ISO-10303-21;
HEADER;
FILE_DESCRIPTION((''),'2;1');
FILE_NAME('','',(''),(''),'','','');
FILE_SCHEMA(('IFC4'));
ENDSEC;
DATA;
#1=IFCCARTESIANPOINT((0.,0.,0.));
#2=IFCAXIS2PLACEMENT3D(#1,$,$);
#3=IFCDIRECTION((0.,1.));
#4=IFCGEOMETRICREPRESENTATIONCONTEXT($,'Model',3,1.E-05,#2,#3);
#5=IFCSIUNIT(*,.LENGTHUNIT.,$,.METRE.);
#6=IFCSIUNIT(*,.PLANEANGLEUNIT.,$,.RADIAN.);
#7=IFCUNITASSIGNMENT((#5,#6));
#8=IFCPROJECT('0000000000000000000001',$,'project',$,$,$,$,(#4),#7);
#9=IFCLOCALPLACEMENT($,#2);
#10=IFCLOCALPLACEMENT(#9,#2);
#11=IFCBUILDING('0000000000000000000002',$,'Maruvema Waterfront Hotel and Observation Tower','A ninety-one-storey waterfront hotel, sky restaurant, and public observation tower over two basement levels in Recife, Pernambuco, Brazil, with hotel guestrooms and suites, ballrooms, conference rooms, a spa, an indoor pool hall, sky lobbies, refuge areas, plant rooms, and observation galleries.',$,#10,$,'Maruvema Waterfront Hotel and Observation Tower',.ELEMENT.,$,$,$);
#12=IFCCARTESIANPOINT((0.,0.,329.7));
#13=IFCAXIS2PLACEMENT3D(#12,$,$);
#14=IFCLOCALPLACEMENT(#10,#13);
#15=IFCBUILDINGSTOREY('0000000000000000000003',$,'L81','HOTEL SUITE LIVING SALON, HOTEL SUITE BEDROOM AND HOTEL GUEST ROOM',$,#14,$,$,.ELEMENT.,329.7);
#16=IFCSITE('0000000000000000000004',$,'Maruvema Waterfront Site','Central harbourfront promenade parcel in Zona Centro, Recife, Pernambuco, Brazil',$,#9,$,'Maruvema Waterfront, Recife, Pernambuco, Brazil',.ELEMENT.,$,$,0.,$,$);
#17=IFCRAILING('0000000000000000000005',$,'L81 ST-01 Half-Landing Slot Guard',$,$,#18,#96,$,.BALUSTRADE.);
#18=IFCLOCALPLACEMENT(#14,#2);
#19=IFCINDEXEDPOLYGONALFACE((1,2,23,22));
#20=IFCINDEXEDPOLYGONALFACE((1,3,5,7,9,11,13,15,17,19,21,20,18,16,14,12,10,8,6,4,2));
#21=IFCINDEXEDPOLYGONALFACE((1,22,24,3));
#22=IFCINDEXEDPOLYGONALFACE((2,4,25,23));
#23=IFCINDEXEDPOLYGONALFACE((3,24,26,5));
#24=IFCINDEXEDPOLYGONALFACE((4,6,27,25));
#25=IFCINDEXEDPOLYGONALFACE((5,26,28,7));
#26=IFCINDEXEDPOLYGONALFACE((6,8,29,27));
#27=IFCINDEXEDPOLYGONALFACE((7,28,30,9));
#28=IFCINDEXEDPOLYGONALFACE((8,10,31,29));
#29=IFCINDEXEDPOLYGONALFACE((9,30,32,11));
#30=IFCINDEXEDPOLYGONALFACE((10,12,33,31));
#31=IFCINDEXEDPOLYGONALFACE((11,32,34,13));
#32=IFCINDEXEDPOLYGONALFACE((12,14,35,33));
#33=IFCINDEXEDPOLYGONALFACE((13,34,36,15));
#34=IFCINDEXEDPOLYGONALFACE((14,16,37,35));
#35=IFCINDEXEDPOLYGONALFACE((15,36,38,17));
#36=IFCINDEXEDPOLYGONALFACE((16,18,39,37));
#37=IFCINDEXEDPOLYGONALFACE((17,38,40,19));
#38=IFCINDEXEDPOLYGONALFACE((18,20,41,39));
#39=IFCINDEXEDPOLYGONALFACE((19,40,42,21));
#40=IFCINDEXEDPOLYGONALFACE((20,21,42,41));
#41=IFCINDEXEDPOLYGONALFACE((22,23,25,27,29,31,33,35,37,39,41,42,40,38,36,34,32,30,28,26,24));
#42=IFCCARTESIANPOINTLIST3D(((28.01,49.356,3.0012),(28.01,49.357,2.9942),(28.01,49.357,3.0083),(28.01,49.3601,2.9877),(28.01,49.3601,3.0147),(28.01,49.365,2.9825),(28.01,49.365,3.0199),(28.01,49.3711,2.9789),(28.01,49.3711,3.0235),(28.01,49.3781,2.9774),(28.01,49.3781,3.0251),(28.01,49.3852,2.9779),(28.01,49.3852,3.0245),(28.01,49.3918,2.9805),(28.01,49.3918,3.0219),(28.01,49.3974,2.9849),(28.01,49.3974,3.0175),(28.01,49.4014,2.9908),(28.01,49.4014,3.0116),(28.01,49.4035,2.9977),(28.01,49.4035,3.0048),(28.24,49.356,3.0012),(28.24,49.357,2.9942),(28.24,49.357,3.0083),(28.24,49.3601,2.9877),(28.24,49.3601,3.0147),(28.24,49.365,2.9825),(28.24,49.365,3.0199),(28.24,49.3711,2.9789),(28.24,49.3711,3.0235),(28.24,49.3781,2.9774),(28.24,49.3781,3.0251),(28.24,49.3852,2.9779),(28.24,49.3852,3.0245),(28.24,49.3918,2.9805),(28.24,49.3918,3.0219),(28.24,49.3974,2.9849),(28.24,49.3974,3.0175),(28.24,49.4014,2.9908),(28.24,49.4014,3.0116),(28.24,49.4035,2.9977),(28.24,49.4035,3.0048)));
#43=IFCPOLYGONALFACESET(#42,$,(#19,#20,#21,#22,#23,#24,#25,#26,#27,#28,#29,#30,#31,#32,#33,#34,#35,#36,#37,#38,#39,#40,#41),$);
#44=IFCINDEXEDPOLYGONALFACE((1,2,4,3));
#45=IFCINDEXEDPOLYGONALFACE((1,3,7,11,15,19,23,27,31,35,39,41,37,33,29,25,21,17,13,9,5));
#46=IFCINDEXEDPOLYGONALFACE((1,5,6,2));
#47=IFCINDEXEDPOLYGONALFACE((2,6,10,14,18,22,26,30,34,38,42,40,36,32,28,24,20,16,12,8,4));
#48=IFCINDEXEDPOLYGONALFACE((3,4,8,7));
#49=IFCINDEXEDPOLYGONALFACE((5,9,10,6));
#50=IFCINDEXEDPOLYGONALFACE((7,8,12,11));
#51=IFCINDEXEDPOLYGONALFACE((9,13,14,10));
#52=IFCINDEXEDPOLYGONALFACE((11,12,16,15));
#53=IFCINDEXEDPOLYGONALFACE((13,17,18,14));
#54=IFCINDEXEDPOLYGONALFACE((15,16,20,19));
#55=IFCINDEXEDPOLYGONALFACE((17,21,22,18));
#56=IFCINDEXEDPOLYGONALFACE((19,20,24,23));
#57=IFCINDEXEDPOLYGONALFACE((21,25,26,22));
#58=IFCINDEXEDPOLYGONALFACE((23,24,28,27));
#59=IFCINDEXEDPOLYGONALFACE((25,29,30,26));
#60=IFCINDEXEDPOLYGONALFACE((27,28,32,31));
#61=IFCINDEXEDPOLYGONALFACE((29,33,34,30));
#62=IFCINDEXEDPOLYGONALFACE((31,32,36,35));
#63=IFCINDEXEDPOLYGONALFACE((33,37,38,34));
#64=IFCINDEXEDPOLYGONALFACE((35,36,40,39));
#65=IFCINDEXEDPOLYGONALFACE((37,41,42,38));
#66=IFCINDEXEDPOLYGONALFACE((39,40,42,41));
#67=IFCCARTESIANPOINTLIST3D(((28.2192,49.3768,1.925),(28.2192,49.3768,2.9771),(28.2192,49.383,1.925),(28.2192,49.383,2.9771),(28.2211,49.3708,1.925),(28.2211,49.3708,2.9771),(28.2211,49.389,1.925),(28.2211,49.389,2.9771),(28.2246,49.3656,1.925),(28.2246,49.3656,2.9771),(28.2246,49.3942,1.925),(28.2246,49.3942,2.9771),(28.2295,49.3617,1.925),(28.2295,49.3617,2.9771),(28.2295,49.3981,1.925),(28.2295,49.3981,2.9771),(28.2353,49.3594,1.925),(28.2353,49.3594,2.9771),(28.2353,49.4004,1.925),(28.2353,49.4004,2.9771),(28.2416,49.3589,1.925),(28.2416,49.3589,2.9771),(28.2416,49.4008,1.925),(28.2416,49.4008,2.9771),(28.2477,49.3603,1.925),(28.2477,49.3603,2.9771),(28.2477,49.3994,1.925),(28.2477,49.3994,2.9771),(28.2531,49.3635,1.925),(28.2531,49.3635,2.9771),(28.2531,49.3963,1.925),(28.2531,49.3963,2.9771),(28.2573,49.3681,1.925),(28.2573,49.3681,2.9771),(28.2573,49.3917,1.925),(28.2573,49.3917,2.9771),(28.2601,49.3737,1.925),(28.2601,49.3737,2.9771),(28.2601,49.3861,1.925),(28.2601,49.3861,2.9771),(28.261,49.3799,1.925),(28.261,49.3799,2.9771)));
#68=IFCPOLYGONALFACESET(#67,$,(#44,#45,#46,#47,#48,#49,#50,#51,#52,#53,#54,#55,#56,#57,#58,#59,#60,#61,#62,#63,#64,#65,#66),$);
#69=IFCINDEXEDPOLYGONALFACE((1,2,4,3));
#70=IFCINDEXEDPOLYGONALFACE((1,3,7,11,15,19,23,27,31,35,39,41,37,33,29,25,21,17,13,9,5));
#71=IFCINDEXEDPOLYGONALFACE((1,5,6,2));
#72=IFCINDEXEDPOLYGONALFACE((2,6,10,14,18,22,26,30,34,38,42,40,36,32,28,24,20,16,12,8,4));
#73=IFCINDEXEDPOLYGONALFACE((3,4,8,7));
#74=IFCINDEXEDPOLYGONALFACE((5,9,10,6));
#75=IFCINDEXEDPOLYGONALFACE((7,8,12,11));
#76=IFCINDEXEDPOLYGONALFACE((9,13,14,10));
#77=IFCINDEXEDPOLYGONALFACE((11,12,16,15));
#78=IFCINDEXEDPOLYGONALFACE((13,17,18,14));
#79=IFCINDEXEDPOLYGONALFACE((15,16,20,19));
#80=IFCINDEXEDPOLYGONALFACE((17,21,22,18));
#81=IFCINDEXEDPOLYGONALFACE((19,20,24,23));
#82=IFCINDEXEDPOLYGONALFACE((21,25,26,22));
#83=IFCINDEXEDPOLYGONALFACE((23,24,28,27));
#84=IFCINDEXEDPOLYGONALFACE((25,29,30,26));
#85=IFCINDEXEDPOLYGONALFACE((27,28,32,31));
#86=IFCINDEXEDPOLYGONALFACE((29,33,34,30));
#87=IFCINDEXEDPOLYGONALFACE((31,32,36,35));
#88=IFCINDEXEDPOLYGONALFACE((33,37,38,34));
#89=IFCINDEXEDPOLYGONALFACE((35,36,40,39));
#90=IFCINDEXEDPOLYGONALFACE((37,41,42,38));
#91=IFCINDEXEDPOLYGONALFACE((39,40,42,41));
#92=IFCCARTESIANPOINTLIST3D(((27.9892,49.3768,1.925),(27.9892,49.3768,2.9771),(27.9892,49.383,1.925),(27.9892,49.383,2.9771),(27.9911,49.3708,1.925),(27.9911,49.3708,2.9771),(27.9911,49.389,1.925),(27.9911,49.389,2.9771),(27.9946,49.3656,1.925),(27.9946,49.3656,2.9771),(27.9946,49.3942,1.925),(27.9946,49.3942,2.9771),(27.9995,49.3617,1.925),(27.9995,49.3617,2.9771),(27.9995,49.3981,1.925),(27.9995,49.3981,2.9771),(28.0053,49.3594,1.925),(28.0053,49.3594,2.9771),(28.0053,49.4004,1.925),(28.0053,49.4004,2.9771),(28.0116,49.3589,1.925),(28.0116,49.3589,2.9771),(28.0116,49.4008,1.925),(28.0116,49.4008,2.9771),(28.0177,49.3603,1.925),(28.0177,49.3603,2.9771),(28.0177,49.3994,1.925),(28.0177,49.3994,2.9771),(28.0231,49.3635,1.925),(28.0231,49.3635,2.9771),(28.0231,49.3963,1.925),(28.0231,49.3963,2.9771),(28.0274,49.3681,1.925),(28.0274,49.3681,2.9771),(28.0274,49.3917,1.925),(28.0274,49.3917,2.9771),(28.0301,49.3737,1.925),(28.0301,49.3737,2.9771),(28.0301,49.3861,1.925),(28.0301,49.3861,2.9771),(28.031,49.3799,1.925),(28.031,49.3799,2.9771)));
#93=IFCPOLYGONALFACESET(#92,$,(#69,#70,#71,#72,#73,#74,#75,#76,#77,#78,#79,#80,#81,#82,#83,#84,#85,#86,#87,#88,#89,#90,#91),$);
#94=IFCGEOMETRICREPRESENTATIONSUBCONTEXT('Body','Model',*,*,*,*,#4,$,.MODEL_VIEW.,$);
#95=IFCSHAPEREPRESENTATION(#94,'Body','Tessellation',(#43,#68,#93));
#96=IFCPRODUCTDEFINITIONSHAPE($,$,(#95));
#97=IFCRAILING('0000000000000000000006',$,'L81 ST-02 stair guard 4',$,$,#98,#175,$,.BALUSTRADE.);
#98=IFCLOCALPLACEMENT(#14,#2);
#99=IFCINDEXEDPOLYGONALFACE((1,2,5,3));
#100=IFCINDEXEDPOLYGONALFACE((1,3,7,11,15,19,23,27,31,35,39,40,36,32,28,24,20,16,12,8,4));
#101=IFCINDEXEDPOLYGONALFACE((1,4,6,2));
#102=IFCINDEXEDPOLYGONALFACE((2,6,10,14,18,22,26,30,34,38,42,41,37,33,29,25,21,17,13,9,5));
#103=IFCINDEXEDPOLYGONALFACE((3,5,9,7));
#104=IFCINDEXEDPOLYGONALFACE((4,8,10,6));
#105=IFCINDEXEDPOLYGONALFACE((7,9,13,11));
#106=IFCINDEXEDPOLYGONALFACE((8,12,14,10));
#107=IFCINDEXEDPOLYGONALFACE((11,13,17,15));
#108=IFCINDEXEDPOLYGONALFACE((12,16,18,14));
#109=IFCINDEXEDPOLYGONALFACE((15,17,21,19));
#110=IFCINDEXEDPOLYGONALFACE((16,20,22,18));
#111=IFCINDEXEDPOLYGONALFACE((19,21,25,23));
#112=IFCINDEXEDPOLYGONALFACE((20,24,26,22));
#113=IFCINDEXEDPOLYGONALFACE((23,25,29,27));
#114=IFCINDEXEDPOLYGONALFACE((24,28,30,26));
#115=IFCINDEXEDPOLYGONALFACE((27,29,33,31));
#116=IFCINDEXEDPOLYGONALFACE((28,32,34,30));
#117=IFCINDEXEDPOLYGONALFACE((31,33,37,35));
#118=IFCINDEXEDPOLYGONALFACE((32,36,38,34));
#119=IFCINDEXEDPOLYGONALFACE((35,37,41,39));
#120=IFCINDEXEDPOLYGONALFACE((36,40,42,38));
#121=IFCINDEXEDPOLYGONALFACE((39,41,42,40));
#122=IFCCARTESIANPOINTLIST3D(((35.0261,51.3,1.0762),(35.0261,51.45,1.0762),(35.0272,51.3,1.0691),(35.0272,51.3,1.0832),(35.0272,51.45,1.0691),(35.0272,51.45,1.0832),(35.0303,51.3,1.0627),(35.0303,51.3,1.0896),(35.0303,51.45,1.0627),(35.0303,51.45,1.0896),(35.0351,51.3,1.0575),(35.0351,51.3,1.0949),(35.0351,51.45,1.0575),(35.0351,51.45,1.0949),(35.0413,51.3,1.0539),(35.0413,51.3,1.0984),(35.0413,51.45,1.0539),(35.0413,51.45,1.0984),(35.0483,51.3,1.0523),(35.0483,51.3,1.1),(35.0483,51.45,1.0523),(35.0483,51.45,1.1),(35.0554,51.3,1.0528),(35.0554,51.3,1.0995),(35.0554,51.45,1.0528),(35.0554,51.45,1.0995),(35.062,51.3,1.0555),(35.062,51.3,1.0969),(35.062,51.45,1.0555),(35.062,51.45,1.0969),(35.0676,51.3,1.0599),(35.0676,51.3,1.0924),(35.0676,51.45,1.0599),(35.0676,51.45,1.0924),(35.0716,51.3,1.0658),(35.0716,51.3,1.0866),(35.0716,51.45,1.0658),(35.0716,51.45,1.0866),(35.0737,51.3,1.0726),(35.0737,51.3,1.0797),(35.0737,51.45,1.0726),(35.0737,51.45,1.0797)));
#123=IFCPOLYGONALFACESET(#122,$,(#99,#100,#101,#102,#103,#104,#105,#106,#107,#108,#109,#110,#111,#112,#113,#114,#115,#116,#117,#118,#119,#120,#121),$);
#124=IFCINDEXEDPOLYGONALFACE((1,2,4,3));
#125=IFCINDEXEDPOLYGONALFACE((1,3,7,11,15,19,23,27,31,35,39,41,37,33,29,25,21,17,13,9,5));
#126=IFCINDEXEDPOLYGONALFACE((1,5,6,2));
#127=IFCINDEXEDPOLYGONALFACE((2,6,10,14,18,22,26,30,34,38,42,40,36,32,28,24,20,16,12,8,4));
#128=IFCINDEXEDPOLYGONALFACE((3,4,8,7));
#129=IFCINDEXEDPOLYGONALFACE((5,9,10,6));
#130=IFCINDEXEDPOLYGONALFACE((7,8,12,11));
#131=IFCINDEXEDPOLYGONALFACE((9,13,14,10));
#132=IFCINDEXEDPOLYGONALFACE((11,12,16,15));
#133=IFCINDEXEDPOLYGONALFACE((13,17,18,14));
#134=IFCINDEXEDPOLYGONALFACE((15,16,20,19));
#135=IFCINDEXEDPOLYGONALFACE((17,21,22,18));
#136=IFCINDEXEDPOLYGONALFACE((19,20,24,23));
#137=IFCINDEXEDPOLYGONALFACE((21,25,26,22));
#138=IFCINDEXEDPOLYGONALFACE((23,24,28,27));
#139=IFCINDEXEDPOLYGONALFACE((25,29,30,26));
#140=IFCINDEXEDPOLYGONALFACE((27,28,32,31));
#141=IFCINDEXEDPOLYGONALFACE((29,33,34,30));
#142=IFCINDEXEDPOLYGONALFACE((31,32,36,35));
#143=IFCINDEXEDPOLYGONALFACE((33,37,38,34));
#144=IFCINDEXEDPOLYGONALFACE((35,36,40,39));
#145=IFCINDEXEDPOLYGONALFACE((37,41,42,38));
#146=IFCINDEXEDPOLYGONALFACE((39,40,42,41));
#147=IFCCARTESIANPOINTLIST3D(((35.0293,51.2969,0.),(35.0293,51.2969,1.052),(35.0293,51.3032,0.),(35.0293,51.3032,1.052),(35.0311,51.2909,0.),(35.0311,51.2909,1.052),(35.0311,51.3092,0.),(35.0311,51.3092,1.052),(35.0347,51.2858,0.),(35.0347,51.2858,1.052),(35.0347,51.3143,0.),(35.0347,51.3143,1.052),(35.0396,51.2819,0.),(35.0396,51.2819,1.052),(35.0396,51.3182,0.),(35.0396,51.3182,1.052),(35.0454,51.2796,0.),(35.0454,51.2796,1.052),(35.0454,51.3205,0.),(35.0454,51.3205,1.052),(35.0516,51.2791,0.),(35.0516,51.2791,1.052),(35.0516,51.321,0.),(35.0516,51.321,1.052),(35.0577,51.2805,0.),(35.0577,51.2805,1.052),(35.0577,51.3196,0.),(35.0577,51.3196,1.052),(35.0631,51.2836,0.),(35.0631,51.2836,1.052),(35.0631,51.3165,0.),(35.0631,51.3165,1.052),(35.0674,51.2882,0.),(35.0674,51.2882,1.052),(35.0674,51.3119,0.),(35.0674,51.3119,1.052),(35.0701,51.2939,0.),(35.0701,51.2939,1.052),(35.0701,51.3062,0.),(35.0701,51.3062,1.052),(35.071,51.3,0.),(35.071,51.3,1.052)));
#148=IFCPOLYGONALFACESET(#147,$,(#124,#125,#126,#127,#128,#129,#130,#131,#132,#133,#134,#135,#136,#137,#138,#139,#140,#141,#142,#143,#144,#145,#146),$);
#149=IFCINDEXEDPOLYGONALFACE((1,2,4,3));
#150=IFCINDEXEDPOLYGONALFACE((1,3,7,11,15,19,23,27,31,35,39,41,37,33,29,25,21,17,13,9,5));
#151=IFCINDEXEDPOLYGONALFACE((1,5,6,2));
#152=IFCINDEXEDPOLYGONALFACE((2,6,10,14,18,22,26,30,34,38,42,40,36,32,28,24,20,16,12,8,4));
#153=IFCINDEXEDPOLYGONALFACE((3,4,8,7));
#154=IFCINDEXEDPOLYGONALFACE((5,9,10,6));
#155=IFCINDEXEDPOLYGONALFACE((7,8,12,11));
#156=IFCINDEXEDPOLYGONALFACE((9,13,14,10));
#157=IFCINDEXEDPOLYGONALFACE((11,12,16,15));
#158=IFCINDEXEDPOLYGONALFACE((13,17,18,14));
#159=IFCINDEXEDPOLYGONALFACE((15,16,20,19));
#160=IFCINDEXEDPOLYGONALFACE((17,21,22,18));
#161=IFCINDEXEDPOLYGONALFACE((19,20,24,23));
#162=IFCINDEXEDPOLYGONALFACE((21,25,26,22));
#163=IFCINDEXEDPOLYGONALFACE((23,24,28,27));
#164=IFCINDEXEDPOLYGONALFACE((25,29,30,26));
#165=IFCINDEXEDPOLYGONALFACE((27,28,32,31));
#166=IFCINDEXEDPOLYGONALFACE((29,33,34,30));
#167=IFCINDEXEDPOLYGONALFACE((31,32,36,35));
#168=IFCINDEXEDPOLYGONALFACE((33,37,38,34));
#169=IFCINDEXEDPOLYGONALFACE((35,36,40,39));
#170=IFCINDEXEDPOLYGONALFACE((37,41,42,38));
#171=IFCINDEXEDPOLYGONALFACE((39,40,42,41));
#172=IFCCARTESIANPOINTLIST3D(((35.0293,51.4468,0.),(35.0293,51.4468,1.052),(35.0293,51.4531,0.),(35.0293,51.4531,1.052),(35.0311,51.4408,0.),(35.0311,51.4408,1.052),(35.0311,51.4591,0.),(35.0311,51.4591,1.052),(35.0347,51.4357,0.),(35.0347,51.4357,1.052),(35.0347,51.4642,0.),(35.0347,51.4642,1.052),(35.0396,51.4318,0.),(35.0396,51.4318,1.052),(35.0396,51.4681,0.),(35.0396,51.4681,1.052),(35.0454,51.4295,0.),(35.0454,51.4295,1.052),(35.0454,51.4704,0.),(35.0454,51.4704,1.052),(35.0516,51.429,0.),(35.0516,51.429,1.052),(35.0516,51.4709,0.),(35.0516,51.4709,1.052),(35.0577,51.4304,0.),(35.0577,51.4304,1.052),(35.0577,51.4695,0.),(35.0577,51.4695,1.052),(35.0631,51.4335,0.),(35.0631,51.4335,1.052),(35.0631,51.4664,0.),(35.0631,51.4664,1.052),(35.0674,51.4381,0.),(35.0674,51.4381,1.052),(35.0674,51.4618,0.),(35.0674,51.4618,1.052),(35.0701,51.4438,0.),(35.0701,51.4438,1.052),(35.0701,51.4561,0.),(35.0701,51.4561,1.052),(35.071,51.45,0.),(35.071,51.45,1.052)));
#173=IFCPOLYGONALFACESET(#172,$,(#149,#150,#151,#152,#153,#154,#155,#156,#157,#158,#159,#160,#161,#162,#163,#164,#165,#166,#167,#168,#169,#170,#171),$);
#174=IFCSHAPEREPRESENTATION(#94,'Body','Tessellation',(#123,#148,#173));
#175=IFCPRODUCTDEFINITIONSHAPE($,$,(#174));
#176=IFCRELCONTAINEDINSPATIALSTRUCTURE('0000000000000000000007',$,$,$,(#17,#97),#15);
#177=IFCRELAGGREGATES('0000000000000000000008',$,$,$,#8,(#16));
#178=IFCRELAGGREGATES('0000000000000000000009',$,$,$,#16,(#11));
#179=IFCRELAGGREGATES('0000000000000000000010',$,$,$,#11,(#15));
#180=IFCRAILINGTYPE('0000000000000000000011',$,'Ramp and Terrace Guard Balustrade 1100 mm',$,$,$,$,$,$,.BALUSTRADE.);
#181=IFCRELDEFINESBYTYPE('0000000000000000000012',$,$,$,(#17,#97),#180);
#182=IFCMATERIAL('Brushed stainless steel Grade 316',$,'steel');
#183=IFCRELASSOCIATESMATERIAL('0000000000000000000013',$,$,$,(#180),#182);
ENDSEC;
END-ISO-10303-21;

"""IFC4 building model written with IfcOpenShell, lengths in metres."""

from ifc_helpers import new_model, si_unit, direction, frame, origin, origin_2d, place, context, subcontext, project, spatial, circle, extrude, material, type_object, element, save


model = new_model("IFC4")

# Units and contexts
model_context = context("Model", 3, precision=1e-05, world=origin(), true_north=direction((0.0, 1.0)))
body_context = subcontext(model_context, "Body", "Model", "MODEL_VIEW")
ifc_project = project(units=[si_unit("LENGTHUNIT", "METRE"), si_unit("PLANEANGLEUNIT", "RADIAN")], contexts=[model_context])

# Site, building, storey
site_placement = place(None, origin())
site = spatial("IfcSite", under=ifc_project, at=site_placement, Name="Maruvema Waterfront Site", Description="Central harbourfront promenade parcel in Zona Centro, Recife, Pernambuco, Brazil", LongName="Maruvema Waterfront, Recife, Pernambuco, Brazil", CompositionType="ELEMENT", RefElevation=0.0)
building_placement = place(site_placement, origin())
building = spatial("IfcBuilding", under=site, at=building_placement, Name="Maruvema Waterfront Hotel and Observation Tower", Description="A ninety-one-storey waterfront hotel, sky restaurant, and public observation tower over two basement levels in Recife, Pernambuco, Brazil, with hotel guestrooms and suites, ballrooms, conference rooms, a spa, an indoor pool hall, sky lobbies, refuge areas, plant rooms, and observation galleries.", LongName="Maruvema Waterfront Hotel and Observation Tower", CompositionType="ELEMENT")
storey_placement = place(building_placement, frame((0.0, 0.0, 329.7)))
storey = spatial("IfcBuildingStorey", under=building, at=storey_placement, Name="L81", Description="HOTEL SUITE LIVING SALON, HOTEL SUITE BEDROOM AND HOTEL GUEST ROOM", CompositionType="ELEMENT", Elevation=329.7)

# Railings
ifc_material_1 = material(Name="Brushed stainless steel Grade 316", Category="steel")
railing_type_1 = type_object("IfcRailingType", Name="Ramp and Terrace Guard Balustrade 1100 mm", PredefinedType="BALUSTRADE", material=ifc_material_1)
railing_1_placement = place(storey_placement, frame((28.24, 49.3799, 1.925)))
element("IfcRailing", 1, at=railing_1_placement, inside=storey, type_object=railing_type_1, Name="L81 ST-01 Half-Landing Slot Guard", PredefinedType="BALUSTRADE", context=body_context, shape_type="SweptSolid", body=[
    extrude(circle(Radius=0.0239, at=origin_2d()), frame((0.0, 0.0, 1.0762), z_axis=(-1.0, 0.0, 0.0), x_axis=(0.0, -1.0, 0.0)), (0.0, 0.0, 1.0), 0.23),
    extrude(circle(Radius=0.021, at=origin_2d()), origin(), (0.0, 0.0, 1.0), 1.052),
    extrude(circle(Radius=0.021, at=origin_2d()), frame((-0.23, 0.0, 0.0)), (0.0, 0.0, 1.0), 1.052),
])
railing_2_placement = place(storey_placement, frame((35.05, 51.3, 0.0)))
element("IfcRailing", 2, at=railing_2_placement, inside=storey, type_object=railing_type_1, Name="L81 ST-02 stair guard 4", PredefinedType="BALUSTRADE", context=body_context, shape_type="SweptSolid", body=[
    extrude(circle(Radius=0.0239, at=origin_2d()), frame((0.0, 0.0, 1.0762), z_axis=(0.0, 1.0, 0.0), x_axis=(-1.0, 0.0, 0.0)), (0.0, 0.0, 1.0), 0.1499),
    extrude(circle(Radius=0.021, at=origin_2d()), origin(), (0.0, 0.0, 1.0), 1.052),
    extrude(circle(Radius=0.021, at=origin_2d()), frame((0.0, 0.1499, 0.0)), (0.0, 0.0, 1.0), 1.052),
])

save(model, "model.ifc")
